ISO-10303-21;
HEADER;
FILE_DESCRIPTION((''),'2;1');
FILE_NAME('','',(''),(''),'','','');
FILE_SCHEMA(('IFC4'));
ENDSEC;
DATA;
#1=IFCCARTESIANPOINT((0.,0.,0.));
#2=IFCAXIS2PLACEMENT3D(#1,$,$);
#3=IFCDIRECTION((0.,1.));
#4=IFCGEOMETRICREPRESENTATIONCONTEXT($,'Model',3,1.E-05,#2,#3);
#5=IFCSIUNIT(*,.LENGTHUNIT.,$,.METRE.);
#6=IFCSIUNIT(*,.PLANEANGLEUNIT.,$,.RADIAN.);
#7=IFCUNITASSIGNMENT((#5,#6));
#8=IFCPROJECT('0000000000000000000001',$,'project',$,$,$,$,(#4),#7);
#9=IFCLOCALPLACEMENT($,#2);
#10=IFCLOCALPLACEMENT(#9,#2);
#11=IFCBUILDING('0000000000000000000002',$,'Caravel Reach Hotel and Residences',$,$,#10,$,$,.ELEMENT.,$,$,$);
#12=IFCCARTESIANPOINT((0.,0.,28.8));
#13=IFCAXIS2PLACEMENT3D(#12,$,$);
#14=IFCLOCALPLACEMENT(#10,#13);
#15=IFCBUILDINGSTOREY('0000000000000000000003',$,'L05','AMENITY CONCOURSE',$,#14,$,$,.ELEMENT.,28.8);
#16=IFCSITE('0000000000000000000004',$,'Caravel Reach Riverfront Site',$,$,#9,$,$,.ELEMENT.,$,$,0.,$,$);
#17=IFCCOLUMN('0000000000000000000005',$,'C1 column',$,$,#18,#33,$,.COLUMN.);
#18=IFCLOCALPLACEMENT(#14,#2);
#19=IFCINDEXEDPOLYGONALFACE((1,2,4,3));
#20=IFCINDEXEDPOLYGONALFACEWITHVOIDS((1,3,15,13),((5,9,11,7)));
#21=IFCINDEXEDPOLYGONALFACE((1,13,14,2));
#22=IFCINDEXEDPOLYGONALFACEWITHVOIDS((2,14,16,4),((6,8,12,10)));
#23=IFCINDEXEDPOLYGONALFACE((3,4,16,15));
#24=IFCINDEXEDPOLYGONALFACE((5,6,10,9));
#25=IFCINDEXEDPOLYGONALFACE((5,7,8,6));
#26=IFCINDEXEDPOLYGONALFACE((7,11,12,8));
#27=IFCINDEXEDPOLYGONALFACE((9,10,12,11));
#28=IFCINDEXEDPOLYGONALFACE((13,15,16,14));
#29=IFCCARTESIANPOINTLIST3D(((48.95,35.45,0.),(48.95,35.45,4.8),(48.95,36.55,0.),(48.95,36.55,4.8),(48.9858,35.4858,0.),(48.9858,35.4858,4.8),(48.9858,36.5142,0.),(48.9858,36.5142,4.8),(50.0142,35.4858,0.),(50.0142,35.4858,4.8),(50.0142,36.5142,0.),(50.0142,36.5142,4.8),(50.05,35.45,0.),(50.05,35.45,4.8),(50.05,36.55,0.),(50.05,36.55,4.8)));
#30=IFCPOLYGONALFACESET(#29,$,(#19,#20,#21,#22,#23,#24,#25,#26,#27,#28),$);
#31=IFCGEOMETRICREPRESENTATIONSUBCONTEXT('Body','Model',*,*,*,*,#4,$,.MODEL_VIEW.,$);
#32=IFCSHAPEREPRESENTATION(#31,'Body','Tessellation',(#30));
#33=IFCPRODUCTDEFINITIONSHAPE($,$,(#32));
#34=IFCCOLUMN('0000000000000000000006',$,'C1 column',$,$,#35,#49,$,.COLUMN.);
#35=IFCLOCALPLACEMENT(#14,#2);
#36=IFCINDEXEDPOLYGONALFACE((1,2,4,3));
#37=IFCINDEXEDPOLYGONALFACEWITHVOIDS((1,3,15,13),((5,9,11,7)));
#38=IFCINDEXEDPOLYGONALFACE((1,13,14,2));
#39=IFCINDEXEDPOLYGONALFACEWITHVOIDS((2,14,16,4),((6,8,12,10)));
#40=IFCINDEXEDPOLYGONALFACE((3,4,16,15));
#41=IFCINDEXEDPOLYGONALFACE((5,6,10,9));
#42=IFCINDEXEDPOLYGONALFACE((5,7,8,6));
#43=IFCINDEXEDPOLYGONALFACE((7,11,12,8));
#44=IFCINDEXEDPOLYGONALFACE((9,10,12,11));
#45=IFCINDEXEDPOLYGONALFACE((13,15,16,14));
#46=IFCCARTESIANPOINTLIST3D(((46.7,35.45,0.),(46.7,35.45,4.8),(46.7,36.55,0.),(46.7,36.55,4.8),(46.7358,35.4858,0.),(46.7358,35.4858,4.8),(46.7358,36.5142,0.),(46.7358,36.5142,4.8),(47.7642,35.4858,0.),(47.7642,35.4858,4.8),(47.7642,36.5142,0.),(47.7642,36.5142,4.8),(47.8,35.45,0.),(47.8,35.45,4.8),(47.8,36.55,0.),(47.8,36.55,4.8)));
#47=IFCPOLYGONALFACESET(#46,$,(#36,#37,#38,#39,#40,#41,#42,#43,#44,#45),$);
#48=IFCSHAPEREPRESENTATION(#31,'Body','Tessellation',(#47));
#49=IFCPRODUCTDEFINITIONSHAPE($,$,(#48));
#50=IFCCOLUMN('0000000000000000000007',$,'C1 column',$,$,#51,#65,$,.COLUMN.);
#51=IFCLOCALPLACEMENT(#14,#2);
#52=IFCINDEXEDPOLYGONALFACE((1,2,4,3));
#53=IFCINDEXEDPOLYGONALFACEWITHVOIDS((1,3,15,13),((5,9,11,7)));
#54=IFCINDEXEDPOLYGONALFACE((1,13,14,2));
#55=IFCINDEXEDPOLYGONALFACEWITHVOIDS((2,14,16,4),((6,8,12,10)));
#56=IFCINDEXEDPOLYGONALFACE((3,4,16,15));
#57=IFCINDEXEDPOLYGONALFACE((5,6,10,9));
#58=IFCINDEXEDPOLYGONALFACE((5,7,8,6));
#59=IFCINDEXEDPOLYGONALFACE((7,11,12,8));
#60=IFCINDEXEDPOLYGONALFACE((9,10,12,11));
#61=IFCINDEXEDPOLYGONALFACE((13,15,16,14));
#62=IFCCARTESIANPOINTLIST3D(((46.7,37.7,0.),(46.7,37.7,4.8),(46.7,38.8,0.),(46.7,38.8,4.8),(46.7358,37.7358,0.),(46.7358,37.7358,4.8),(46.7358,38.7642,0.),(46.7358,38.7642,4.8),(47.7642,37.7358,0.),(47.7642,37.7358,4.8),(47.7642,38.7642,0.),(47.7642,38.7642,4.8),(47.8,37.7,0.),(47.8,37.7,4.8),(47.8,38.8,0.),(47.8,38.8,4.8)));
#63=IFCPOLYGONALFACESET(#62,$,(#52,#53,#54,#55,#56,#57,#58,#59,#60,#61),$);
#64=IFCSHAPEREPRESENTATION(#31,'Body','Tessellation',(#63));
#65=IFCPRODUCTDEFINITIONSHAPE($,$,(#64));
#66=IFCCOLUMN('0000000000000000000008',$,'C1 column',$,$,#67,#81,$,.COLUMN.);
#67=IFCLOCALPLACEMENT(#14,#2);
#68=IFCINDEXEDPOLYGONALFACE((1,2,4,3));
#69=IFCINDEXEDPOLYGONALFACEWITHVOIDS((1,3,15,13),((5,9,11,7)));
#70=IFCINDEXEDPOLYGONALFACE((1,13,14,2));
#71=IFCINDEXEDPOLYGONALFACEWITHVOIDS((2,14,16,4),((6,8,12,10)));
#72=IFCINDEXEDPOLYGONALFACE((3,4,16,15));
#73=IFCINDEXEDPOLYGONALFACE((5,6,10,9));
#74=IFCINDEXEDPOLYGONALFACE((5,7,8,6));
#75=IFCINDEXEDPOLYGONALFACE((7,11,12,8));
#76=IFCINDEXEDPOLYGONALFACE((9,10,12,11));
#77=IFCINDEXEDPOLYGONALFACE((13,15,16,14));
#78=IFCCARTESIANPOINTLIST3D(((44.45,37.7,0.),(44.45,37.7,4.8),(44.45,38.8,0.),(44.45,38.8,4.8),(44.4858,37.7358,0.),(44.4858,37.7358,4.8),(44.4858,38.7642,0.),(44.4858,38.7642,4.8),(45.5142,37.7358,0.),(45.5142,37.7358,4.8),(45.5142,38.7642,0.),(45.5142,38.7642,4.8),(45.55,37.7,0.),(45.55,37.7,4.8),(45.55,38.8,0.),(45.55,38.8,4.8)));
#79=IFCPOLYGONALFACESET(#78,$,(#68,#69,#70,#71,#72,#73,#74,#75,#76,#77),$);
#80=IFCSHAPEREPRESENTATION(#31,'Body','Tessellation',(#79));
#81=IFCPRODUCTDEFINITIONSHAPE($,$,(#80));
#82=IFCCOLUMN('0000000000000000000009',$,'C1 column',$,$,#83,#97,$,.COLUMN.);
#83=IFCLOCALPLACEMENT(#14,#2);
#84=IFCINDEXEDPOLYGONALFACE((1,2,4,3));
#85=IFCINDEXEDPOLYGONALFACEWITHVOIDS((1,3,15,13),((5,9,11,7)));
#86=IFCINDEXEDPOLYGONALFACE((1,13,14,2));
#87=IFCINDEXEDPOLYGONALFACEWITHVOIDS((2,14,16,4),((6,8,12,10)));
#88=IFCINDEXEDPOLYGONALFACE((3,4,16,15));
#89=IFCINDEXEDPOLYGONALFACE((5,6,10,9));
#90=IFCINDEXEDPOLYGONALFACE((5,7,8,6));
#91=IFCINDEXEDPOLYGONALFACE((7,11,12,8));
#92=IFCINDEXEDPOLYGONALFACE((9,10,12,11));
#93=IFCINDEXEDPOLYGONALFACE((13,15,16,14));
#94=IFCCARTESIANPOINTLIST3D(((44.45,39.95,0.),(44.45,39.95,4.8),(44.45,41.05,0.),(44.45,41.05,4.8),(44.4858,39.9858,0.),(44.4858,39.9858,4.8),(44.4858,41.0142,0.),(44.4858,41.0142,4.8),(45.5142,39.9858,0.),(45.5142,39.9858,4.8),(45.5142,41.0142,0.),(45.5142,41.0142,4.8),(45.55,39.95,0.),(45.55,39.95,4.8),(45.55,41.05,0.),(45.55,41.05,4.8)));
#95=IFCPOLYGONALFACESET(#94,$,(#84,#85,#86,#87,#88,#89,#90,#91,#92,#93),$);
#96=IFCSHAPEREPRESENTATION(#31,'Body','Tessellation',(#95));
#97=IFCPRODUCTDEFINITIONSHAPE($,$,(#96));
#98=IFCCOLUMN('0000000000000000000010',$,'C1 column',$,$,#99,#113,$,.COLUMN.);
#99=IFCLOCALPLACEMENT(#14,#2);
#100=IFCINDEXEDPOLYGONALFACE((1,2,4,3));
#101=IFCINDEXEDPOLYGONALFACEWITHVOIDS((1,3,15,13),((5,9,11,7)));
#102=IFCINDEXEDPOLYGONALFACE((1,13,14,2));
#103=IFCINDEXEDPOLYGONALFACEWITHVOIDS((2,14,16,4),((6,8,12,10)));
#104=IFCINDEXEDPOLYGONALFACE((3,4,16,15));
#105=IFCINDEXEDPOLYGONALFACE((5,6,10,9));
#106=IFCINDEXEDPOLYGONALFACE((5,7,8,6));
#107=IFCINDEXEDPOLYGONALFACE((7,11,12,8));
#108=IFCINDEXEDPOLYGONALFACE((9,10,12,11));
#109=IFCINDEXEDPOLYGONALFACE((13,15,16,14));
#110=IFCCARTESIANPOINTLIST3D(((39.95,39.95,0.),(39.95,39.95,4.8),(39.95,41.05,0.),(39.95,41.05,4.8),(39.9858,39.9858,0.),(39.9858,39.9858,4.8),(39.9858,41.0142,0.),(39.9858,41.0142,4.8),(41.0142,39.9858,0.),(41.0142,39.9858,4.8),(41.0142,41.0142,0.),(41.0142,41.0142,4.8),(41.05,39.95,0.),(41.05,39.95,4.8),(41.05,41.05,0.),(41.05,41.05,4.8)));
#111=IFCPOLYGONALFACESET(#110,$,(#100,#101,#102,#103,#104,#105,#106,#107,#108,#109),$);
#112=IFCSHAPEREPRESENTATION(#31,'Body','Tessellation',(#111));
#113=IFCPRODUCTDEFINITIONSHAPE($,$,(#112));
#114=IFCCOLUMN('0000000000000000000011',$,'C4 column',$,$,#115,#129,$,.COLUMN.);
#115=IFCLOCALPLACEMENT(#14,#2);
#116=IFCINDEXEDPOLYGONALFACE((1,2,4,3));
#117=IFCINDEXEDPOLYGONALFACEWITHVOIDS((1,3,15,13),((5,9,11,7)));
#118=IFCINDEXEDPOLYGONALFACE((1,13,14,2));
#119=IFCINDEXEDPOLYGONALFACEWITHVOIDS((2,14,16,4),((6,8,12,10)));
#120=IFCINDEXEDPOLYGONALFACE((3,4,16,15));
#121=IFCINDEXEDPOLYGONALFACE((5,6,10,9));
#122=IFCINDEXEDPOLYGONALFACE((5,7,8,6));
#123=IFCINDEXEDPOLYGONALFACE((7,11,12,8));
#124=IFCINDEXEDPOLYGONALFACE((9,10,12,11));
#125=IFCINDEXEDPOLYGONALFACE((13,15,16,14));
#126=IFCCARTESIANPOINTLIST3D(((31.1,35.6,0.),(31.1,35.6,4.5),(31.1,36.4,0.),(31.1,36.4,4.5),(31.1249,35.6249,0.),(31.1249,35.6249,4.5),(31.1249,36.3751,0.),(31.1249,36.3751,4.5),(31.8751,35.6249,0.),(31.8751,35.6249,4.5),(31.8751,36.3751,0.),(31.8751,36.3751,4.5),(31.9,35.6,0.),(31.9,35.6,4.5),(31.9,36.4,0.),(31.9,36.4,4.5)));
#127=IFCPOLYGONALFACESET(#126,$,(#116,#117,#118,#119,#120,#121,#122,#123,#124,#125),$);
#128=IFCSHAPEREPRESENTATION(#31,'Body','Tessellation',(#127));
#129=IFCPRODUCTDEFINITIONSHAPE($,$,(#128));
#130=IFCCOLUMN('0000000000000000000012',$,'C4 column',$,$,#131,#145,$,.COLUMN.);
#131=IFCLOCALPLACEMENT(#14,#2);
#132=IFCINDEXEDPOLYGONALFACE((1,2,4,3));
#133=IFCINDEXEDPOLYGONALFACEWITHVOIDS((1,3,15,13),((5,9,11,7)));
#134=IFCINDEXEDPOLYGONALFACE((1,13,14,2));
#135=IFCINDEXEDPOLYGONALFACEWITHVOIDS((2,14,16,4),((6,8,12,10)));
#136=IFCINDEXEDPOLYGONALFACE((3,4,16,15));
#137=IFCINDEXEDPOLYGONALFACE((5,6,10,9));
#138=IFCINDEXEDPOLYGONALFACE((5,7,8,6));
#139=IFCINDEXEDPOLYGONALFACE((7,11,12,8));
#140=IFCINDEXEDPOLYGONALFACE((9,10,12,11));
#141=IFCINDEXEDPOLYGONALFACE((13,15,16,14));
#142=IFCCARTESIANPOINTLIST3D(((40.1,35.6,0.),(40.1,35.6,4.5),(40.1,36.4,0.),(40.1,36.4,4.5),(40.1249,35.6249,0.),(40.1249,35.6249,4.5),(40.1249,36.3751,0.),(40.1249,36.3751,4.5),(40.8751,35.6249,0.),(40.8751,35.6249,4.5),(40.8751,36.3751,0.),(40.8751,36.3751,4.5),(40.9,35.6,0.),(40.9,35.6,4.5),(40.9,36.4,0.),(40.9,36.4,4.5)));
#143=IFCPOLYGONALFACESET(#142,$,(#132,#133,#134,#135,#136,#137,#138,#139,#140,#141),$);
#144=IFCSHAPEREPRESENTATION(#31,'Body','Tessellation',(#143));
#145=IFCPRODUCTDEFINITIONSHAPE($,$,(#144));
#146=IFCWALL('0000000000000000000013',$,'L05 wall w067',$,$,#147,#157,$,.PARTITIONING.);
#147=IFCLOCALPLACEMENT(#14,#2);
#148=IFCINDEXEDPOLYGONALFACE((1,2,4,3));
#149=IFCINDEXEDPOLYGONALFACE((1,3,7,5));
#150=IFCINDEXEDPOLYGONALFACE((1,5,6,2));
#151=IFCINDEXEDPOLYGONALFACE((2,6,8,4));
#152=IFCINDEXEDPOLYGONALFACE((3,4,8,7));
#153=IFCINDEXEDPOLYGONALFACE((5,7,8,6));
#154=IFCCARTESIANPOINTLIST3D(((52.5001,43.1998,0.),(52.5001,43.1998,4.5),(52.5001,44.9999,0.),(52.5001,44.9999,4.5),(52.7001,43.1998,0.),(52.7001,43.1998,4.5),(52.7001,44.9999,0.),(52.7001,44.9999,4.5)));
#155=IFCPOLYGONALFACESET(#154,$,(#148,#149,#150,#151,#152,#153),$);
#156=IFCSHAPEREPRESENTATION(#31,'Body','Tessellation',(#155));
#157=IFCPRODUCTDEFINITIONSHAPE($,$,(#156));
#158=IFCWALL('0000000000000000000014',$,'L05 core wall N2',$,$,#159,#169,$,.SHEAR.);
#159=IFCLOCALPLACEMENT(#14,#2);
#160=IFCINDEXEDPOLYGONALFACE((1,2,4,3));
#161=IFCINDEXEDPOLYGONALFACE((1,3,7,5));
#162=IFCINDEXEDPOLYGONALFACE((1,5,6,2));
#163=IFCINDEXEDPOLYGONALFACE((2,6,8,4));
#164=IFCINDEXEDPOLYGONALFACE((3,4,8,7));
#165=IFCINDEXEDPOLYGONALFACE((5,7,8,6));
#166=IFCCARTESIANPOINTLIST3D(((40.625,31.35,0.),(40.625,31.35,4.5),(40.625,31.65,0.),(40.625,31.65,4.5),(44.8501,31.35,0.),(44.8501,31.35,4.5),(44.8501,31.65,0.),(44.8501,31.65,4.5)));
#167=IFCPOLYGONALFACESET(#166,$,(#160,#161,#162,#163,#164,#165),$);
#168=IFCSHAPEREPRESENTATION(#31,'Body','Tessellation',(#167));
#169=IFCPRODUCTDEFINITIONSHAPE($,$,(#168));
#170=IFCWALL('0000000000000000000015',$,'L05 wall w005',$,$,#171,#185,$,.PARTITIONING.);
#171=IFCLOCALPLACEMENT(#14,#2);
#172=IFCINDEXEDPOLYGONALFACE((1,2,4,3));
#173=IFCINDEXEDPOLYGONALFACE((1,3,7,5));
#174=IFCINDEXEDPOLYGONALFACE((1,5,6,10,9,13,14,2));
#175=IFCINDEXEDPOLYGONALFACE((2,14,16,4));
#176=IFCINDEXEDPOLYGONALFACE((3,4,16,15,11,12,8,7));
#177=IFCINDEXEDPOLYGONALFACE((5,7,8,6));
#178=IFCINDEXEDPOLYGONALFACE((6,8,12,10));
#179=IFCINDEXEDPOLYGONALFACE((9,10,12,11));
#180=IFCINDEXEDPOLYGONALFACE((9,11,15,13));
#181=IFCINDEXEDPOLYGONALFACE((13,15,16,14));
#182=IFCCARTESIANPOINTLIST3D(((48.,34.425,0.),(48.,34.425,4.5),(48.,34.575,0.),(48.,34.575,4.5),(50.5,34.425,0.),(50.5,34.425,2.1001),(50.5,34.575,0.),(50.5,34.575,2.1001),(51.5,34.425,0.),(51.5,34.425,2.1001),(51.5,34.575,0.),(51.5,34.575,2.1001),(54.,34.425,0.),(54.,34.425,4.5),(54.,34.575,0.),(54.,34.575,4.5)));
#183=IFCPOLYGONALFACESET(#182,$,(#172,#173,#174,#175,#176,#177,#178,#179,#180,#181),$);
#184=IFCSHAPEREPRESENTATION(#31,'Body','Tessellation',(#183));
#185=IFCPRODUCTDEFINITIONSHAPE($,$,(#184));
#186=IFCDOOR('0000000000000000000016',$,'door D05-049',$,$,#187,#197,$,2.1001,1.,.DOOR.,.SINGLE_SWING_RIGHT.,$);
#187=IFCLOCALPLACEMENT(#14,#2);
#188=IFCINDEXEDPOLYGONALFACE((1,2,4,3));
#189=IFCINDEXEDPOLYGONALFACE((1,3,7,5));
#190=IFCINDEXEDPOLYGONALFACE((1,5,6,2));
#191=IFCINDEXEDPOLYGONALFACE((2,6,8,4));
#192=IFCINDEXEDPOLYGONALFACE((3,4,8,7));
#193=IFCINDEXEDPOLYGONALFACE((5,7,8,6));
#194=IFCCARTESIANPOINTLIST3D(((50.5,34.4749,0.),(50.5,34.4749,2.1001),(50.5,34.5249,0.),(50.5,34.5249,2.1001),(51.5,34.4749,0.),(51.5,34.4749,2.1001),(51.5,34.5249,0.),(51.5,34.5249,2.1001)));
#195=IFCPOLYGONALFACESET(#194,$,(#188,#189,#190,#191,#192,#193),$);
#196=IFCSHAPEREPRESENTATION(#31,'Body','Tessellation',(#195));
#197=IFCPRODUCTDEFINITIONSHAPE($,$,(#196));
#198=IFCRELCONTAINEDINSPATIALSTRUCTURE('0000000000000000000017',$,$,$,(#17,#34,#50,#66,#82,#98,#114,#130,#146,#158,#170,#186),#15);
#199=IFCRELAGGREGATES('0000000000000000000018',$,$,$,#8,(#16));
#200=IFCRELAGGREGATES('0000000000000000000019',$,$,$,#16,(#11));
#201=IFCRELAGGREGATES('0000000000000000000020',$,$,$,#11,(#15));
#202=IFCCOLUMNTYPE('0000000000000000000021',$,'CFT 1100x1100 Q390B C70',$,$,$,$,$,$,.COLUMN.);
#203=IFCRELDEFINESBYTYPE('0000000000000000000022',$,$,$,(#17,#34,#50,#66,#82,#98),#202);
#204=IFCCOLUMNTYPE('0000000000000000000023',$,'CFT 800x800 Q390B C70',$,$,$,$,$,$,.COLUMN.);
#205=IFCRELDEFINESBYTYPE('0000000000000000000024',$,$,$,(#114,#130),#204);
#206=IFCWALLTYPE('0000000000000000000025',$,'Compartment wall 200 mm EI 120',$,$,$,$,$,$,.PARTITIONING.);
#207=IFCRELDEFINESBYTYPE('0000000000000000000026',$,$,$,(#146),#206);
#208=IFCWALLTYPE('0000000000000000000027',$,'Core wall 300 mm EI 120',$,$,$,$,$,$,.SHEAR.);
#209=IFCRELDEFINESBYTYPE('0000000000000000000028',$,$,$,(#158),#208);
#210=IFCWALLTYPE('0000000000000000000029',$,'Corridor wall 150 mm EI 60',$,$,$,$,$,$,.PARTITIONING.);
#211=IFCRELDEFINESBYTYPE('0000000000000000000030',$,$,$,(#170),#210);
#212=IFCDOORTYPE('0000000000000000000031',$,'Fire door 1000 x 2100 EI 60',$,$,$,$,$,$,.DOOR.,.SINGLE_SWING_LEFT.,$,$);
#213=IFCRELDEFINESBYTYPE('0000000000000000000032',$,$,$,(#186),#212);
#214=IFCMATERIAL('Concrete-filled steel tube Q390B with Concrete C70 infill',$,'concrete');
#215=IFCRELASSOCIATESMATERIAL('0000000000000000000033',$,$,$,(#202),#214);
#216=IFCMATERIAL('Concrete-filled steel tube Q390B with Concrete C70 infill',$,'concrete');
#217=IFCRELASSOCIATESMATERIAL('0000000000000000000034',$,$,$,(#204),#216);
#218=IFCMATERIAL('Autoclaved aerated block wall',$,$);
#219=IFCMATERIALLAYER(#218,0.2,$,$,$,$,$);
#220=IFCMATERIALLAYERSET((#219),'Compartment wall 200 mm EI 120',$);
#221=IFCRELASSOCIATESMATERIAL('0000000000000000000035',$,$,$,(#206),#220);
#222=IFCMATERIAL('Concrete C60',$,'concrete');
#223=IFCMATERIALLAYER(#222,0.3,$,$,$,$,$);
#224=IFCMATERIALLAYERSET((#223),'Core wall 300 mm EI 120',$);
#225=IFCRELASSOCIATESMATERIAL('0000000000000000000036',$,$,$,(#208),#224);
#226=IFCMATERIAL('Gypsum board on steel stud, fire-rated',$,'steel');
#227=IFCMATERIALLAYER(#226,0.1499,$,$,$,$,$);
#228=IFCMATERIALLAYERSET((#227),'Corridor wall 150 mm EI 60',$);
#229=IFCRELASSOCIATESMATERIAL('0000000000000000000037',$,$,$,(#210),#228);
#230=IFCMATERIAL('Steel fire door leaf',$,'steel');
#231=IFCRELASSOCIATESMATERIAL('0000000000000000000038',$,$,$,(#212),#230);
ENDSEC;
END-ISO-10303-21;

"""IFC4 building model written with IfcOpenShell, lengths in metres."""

from ifc_helpers import new_model, si_unit, direction, frame, frame_2d, origin, origin_2d, place, context, subcontext, project, spatial, rectangle, hollow_rectangle, extrude, material, layer, layer_set, material_profile, profile_set, type_object, element, fill, save


model = new_model("IFC4")

# Units and contexts
model_context = context("Model", 3, precision=1e-05, world=origin(), true_north=direction((0.0, 1.0)))
body_context = subcontext(model_context, "Body", "Model", "MODEL_VIEW")
ifc_project = project(units=[si_unit("LENGTHUNIT", "METRE"), si_unit("PLANEANGLEUNIT", "RADIAN")], contexts=[model_context])

# Site, building, storey
site_placement = place(None, origin())
site = spatial("IfcSite", under=ifc_project, at=site_placement, Name="Caravel Reach Riverfront Site", CompositionType="ELEMENT", RefElevation=0.0)
building_placement = place(site_placement, origin())
building = spatial("IfcBuilding", under=site, at=building_placement, Name="Caravel Reach Hotel and Residences", CompositionType="ELEMENT")
storey_placement = place(building_placement, frame((0.0, 0.0, 28.8)))
storey = spatial("IfcBuildingStorey", under=building, at=storey_placement, Name="L05", Description="AMENITY CONCOURSE", CompositionType="ELEMENT", Elevation=28.8)

# Columns
ifc_material_1 = material(Name="Concrete-filled steel tube Q390B with Concrete C70 infill", Category="concrete")
ifc_material_profile_1 = material_profile(ifc_material_1, hollow_rectangle(XDim=1.1001, YDim=1.1001, WallThickness=0.0359, at=origin_2d()), Name="RHS 1100x1100x36")
ifc_profile_set_1 = profile_set([ifc_material_profile_1], Name="Concrete-filled steel tube Q390B with Concrete C70 infill")
column_type_1 = type_object("IfcColumnType", Name="CFT 1100x1100 Q390B C70", PredefinedType="COLUMN", material=ifc_profile_set_1)
for number, where, z_axis, x_axis, name in (
    (1, (49.5, 36.0, 0.0), (0.0, 0.0, 1.0), (1.0, 0.0, 0.0), "C1 column"),
    (2, (47.25, 36.0, 0.0), (0.0, 0.0, 1.0), (1.0, 0.0, 0.0), "C1 column"),
    (3, (47.25, 38.25, 0.0), (0.0, 0.0, 1.0), (1.0, 0.0, 0.0), "C1 column"),
    (4, (45.0, 38.25, 0.0), (0.0, 0.0, 1.0), (1.0, 0.0, 0.0), "C1 column"),
    (5, (45.0, 40.5, 0.0), (0.0, 0.0, 1.0), (1.0, 0.0, 0.0), "C1 column"),
    (6, (40.5, 40.5, 0.0), (0.0, 0.0, 1.0), (1.0, 0.0, 0.0), "C1 column"),
):
    element("IfcColumn", number, at=place(storey_placement, frame(where, z_axis=z_axis, x_axis=x_axis)), inside=storey, type_object=column_type_1, Name=name, PredefinedType="COLUMN", context=body_context, shape_type="SweptSolid", body=[
        extrude(hollow_rectangle(XDim=1.1001, YDim=1.1001, WallThickness=0.0359, at=origin_2d()), origin(), (0.0, 0.0, 1.0), 4.8),
    ])
ifc_material_2 = material(Name="Concrete-filled steel tube Q390B with Concrete C70 infill", Category="concrete")
ifc_material_profile_2 = material_profile(ifc_material_2, hollow_rectangle(XDim=0.8, YDim=0.8, WallThickness=0.0249, at=origin_2d()), Name="RHS 800x800x25")
ifc_profile_set_2 = profile_set([ifc_material_profile_2], Name="Concrete-filled steel tube Q390B with Concrete C70 infill")
column_type_2 = type_object("IfcColumnType", Name="CFT 800x800 Q390B C70", PredefinedType="COLUMN", material=ifc_profile_set_2)
for number, where, z_axis, x_axis, name in (
    (7, (31.5, 36.0, 0.0), (0.0, 0.0, 1.0), (1.0, 0.0, 0.0), "C4 column"),
    (8, (40.5, 36.0, 0.0), (0.0, 0.0, 1.0), (1.0, 0.0, 0.0), "C4 column"),
):
    element("IfcColumn", number, at=place(storey_placement, frame(where, z_axis=z_axis, x_axis=x_axis)), inside=storey, type_object=column_type_2, Name=name, PredefinedType="COLUMN", context=body_context, shape_type="SweptSolid", body=[
        extrude(hollow_rectangle(XDim=0.8, YDim=0.8, WallThickness=0.0249, at=origin_2d()), origin(), (0.0, 0.0, 1.0), 4.5),
    ])

# Walls
ifc_material_3 = material(Name="Autoclaved aerated block wall")
ifc_layer_1 = layer(ifc_material_3, 0.2)
ifc_layer_set_1 = layer_set([ifc_layer_1], Name="Compartment wall 200 mm EI 120")
wall_type_1 = type_object("IfcWallType", Name="Compartment wall 200 mm EI 120", PredefinedType="PARTITIONING", material=ifc_layer_set_1)
wall_1_placement = place(storey_placement, frame((52.6001, 43.2, 0.0), z_axis=(0.0, 0.0, 1.0), x_axis=(0.0, 1.0, 0.0)))
element("IfcWall", 9, at=wall_1_placement, inside=storey, type_object=wall_type_1, Name="L05 wall w067", PredefinedType="PARTITIONING", context=body_context, shape_type="SweptSolid", body=[
    extrude(rectangle(XDim=1.8, YDim=0.2, at=frame_2d((0.8999, 0.0))), origin(), (0.0, 0.0, 1.0), 4.5),
])
ifc_material_4 = material(Name="Concrete C60", Category="concrete")
ifc_layer_2 = layer(ifc_material_4, 0.3)
ifc_layer_set_2 = layer_set([ifc_layer_2], Name="Core wall 300 mm EI 120")
wall_type_2 = type_object("IfcWallType", Name="Core wall 300 mm EI 120", PredefinedType="SHEAR", material=ifc_layer_set_2)
wall_2_placement = place(storey_placement, frame((40.625, 31.5, 0.0), z_axis=(0.0, 0.0, 1.0), x_axis=(1.0, 0.0, 0.0)))
element("IfcWall", 10, at=wall_2_placement, inside=storey, type_object=wall_type_2, Name="L05 core wall N2", PredefinedType="SHEAR", context=body_context, shape_type="SweptSolid", body=[
    extrude(rectangle(XDim=4.2251, YDim=0.3, at=frame_2d((2.1125, 0.0))), origin(), (0.0, 0.0, 1.0), 4.5),
])

# Wall, opening, door
ifc_material_5 = material(Name="Gypsum board on steel stud, fire-rated", Category="steel")
ifc_layer_3 = layer(ifc_material_5, 0.1499)
ifc_layer_set_3 = layer_set([ifc_layer_3], Name="Corridor wall 150 mm EI 60")
wall_type_3 = type_object("IfcWallType", Name="Corridor wall 150 mm EI 60", PredefinedType="PARTITIONING", material=ifc_layer_set_3)
wall_3_placement = place(storey_placement, frame((48.0, 34.5, 0.0), z_axis=(0.0, 0.0, 1.0), x_axis=(1.0, 0.0, 0.0)))
wall_3 = element("IfcWall", 11, at=wall_3_placement, inside=storey, type_object=wall_type_3, Name="L05 wall w005", PredefinedType="PARTITIONING", context=body_context, shape_type="SweptSolid", body=[
    extrude(rectangle(XDim=6.0, YDim=0.1499, at=frame_2d((3.0, 0.0))), origin(), (0.0, 0.0, 1.0), 4.5),
])
opening_1_placement = place(wall_3_placement, frame((2.5, 0.0, 0.0)))
opening_1 = element("IfcOpeningElement", 12, at=opening_1_placement, cuts=wall_3, PredefinedType="OPENING", context=body_context, shape_type="SweptSolid", body=[
    extrude(rectangle(XDim=1.0, YDim=2.1001, at=frame_2d((0.5, 1.05))), frame((0.0, 0.085, 0.0), z_axis=(0.0, -1.0, 0.0), x_axis=(1.0, 0.0, 0.0)), (0.0, 0.0, 1.0), 0.1699),
])
ifc_material_6 = material(Name="Steel fire door leaf", Category="steel")
door_type_1 = type_object("IfcDoorType", Name="Fire door 1000 x 2100 EI 60", OperationType="SINGLE_SWING_LEFT", PredefinedType="DOOR", material=ifc_material_6)
door_1_placement = place(opening_1_placement, origin())
door_1 = element("IfcDoor", 13, at=door_1_placement, inside=storey, type_object=door_type_1, Name="door D05-049", OperationType="SINGLE_SWING_RIGHT", OverallHeight=2.1001, OverallWidth=1.0, PredefinedType="DOOR", context=body_context, shape_type="SweptSolid", body=[
    extrude(rectangle(XDim=1.0, YDim=2.1001, at=frame_2d((0.5, 1.05))), frame((0.0, 0.0249, 0.0), z_axis=(0.0, -1.0, 0.0), x_axis=(1.0, 0.0, 0.0)), (0.0, 0.0, 1.0), 0.05),
])
fill(opening_1, door_1)

save(model, "model.ifc")
